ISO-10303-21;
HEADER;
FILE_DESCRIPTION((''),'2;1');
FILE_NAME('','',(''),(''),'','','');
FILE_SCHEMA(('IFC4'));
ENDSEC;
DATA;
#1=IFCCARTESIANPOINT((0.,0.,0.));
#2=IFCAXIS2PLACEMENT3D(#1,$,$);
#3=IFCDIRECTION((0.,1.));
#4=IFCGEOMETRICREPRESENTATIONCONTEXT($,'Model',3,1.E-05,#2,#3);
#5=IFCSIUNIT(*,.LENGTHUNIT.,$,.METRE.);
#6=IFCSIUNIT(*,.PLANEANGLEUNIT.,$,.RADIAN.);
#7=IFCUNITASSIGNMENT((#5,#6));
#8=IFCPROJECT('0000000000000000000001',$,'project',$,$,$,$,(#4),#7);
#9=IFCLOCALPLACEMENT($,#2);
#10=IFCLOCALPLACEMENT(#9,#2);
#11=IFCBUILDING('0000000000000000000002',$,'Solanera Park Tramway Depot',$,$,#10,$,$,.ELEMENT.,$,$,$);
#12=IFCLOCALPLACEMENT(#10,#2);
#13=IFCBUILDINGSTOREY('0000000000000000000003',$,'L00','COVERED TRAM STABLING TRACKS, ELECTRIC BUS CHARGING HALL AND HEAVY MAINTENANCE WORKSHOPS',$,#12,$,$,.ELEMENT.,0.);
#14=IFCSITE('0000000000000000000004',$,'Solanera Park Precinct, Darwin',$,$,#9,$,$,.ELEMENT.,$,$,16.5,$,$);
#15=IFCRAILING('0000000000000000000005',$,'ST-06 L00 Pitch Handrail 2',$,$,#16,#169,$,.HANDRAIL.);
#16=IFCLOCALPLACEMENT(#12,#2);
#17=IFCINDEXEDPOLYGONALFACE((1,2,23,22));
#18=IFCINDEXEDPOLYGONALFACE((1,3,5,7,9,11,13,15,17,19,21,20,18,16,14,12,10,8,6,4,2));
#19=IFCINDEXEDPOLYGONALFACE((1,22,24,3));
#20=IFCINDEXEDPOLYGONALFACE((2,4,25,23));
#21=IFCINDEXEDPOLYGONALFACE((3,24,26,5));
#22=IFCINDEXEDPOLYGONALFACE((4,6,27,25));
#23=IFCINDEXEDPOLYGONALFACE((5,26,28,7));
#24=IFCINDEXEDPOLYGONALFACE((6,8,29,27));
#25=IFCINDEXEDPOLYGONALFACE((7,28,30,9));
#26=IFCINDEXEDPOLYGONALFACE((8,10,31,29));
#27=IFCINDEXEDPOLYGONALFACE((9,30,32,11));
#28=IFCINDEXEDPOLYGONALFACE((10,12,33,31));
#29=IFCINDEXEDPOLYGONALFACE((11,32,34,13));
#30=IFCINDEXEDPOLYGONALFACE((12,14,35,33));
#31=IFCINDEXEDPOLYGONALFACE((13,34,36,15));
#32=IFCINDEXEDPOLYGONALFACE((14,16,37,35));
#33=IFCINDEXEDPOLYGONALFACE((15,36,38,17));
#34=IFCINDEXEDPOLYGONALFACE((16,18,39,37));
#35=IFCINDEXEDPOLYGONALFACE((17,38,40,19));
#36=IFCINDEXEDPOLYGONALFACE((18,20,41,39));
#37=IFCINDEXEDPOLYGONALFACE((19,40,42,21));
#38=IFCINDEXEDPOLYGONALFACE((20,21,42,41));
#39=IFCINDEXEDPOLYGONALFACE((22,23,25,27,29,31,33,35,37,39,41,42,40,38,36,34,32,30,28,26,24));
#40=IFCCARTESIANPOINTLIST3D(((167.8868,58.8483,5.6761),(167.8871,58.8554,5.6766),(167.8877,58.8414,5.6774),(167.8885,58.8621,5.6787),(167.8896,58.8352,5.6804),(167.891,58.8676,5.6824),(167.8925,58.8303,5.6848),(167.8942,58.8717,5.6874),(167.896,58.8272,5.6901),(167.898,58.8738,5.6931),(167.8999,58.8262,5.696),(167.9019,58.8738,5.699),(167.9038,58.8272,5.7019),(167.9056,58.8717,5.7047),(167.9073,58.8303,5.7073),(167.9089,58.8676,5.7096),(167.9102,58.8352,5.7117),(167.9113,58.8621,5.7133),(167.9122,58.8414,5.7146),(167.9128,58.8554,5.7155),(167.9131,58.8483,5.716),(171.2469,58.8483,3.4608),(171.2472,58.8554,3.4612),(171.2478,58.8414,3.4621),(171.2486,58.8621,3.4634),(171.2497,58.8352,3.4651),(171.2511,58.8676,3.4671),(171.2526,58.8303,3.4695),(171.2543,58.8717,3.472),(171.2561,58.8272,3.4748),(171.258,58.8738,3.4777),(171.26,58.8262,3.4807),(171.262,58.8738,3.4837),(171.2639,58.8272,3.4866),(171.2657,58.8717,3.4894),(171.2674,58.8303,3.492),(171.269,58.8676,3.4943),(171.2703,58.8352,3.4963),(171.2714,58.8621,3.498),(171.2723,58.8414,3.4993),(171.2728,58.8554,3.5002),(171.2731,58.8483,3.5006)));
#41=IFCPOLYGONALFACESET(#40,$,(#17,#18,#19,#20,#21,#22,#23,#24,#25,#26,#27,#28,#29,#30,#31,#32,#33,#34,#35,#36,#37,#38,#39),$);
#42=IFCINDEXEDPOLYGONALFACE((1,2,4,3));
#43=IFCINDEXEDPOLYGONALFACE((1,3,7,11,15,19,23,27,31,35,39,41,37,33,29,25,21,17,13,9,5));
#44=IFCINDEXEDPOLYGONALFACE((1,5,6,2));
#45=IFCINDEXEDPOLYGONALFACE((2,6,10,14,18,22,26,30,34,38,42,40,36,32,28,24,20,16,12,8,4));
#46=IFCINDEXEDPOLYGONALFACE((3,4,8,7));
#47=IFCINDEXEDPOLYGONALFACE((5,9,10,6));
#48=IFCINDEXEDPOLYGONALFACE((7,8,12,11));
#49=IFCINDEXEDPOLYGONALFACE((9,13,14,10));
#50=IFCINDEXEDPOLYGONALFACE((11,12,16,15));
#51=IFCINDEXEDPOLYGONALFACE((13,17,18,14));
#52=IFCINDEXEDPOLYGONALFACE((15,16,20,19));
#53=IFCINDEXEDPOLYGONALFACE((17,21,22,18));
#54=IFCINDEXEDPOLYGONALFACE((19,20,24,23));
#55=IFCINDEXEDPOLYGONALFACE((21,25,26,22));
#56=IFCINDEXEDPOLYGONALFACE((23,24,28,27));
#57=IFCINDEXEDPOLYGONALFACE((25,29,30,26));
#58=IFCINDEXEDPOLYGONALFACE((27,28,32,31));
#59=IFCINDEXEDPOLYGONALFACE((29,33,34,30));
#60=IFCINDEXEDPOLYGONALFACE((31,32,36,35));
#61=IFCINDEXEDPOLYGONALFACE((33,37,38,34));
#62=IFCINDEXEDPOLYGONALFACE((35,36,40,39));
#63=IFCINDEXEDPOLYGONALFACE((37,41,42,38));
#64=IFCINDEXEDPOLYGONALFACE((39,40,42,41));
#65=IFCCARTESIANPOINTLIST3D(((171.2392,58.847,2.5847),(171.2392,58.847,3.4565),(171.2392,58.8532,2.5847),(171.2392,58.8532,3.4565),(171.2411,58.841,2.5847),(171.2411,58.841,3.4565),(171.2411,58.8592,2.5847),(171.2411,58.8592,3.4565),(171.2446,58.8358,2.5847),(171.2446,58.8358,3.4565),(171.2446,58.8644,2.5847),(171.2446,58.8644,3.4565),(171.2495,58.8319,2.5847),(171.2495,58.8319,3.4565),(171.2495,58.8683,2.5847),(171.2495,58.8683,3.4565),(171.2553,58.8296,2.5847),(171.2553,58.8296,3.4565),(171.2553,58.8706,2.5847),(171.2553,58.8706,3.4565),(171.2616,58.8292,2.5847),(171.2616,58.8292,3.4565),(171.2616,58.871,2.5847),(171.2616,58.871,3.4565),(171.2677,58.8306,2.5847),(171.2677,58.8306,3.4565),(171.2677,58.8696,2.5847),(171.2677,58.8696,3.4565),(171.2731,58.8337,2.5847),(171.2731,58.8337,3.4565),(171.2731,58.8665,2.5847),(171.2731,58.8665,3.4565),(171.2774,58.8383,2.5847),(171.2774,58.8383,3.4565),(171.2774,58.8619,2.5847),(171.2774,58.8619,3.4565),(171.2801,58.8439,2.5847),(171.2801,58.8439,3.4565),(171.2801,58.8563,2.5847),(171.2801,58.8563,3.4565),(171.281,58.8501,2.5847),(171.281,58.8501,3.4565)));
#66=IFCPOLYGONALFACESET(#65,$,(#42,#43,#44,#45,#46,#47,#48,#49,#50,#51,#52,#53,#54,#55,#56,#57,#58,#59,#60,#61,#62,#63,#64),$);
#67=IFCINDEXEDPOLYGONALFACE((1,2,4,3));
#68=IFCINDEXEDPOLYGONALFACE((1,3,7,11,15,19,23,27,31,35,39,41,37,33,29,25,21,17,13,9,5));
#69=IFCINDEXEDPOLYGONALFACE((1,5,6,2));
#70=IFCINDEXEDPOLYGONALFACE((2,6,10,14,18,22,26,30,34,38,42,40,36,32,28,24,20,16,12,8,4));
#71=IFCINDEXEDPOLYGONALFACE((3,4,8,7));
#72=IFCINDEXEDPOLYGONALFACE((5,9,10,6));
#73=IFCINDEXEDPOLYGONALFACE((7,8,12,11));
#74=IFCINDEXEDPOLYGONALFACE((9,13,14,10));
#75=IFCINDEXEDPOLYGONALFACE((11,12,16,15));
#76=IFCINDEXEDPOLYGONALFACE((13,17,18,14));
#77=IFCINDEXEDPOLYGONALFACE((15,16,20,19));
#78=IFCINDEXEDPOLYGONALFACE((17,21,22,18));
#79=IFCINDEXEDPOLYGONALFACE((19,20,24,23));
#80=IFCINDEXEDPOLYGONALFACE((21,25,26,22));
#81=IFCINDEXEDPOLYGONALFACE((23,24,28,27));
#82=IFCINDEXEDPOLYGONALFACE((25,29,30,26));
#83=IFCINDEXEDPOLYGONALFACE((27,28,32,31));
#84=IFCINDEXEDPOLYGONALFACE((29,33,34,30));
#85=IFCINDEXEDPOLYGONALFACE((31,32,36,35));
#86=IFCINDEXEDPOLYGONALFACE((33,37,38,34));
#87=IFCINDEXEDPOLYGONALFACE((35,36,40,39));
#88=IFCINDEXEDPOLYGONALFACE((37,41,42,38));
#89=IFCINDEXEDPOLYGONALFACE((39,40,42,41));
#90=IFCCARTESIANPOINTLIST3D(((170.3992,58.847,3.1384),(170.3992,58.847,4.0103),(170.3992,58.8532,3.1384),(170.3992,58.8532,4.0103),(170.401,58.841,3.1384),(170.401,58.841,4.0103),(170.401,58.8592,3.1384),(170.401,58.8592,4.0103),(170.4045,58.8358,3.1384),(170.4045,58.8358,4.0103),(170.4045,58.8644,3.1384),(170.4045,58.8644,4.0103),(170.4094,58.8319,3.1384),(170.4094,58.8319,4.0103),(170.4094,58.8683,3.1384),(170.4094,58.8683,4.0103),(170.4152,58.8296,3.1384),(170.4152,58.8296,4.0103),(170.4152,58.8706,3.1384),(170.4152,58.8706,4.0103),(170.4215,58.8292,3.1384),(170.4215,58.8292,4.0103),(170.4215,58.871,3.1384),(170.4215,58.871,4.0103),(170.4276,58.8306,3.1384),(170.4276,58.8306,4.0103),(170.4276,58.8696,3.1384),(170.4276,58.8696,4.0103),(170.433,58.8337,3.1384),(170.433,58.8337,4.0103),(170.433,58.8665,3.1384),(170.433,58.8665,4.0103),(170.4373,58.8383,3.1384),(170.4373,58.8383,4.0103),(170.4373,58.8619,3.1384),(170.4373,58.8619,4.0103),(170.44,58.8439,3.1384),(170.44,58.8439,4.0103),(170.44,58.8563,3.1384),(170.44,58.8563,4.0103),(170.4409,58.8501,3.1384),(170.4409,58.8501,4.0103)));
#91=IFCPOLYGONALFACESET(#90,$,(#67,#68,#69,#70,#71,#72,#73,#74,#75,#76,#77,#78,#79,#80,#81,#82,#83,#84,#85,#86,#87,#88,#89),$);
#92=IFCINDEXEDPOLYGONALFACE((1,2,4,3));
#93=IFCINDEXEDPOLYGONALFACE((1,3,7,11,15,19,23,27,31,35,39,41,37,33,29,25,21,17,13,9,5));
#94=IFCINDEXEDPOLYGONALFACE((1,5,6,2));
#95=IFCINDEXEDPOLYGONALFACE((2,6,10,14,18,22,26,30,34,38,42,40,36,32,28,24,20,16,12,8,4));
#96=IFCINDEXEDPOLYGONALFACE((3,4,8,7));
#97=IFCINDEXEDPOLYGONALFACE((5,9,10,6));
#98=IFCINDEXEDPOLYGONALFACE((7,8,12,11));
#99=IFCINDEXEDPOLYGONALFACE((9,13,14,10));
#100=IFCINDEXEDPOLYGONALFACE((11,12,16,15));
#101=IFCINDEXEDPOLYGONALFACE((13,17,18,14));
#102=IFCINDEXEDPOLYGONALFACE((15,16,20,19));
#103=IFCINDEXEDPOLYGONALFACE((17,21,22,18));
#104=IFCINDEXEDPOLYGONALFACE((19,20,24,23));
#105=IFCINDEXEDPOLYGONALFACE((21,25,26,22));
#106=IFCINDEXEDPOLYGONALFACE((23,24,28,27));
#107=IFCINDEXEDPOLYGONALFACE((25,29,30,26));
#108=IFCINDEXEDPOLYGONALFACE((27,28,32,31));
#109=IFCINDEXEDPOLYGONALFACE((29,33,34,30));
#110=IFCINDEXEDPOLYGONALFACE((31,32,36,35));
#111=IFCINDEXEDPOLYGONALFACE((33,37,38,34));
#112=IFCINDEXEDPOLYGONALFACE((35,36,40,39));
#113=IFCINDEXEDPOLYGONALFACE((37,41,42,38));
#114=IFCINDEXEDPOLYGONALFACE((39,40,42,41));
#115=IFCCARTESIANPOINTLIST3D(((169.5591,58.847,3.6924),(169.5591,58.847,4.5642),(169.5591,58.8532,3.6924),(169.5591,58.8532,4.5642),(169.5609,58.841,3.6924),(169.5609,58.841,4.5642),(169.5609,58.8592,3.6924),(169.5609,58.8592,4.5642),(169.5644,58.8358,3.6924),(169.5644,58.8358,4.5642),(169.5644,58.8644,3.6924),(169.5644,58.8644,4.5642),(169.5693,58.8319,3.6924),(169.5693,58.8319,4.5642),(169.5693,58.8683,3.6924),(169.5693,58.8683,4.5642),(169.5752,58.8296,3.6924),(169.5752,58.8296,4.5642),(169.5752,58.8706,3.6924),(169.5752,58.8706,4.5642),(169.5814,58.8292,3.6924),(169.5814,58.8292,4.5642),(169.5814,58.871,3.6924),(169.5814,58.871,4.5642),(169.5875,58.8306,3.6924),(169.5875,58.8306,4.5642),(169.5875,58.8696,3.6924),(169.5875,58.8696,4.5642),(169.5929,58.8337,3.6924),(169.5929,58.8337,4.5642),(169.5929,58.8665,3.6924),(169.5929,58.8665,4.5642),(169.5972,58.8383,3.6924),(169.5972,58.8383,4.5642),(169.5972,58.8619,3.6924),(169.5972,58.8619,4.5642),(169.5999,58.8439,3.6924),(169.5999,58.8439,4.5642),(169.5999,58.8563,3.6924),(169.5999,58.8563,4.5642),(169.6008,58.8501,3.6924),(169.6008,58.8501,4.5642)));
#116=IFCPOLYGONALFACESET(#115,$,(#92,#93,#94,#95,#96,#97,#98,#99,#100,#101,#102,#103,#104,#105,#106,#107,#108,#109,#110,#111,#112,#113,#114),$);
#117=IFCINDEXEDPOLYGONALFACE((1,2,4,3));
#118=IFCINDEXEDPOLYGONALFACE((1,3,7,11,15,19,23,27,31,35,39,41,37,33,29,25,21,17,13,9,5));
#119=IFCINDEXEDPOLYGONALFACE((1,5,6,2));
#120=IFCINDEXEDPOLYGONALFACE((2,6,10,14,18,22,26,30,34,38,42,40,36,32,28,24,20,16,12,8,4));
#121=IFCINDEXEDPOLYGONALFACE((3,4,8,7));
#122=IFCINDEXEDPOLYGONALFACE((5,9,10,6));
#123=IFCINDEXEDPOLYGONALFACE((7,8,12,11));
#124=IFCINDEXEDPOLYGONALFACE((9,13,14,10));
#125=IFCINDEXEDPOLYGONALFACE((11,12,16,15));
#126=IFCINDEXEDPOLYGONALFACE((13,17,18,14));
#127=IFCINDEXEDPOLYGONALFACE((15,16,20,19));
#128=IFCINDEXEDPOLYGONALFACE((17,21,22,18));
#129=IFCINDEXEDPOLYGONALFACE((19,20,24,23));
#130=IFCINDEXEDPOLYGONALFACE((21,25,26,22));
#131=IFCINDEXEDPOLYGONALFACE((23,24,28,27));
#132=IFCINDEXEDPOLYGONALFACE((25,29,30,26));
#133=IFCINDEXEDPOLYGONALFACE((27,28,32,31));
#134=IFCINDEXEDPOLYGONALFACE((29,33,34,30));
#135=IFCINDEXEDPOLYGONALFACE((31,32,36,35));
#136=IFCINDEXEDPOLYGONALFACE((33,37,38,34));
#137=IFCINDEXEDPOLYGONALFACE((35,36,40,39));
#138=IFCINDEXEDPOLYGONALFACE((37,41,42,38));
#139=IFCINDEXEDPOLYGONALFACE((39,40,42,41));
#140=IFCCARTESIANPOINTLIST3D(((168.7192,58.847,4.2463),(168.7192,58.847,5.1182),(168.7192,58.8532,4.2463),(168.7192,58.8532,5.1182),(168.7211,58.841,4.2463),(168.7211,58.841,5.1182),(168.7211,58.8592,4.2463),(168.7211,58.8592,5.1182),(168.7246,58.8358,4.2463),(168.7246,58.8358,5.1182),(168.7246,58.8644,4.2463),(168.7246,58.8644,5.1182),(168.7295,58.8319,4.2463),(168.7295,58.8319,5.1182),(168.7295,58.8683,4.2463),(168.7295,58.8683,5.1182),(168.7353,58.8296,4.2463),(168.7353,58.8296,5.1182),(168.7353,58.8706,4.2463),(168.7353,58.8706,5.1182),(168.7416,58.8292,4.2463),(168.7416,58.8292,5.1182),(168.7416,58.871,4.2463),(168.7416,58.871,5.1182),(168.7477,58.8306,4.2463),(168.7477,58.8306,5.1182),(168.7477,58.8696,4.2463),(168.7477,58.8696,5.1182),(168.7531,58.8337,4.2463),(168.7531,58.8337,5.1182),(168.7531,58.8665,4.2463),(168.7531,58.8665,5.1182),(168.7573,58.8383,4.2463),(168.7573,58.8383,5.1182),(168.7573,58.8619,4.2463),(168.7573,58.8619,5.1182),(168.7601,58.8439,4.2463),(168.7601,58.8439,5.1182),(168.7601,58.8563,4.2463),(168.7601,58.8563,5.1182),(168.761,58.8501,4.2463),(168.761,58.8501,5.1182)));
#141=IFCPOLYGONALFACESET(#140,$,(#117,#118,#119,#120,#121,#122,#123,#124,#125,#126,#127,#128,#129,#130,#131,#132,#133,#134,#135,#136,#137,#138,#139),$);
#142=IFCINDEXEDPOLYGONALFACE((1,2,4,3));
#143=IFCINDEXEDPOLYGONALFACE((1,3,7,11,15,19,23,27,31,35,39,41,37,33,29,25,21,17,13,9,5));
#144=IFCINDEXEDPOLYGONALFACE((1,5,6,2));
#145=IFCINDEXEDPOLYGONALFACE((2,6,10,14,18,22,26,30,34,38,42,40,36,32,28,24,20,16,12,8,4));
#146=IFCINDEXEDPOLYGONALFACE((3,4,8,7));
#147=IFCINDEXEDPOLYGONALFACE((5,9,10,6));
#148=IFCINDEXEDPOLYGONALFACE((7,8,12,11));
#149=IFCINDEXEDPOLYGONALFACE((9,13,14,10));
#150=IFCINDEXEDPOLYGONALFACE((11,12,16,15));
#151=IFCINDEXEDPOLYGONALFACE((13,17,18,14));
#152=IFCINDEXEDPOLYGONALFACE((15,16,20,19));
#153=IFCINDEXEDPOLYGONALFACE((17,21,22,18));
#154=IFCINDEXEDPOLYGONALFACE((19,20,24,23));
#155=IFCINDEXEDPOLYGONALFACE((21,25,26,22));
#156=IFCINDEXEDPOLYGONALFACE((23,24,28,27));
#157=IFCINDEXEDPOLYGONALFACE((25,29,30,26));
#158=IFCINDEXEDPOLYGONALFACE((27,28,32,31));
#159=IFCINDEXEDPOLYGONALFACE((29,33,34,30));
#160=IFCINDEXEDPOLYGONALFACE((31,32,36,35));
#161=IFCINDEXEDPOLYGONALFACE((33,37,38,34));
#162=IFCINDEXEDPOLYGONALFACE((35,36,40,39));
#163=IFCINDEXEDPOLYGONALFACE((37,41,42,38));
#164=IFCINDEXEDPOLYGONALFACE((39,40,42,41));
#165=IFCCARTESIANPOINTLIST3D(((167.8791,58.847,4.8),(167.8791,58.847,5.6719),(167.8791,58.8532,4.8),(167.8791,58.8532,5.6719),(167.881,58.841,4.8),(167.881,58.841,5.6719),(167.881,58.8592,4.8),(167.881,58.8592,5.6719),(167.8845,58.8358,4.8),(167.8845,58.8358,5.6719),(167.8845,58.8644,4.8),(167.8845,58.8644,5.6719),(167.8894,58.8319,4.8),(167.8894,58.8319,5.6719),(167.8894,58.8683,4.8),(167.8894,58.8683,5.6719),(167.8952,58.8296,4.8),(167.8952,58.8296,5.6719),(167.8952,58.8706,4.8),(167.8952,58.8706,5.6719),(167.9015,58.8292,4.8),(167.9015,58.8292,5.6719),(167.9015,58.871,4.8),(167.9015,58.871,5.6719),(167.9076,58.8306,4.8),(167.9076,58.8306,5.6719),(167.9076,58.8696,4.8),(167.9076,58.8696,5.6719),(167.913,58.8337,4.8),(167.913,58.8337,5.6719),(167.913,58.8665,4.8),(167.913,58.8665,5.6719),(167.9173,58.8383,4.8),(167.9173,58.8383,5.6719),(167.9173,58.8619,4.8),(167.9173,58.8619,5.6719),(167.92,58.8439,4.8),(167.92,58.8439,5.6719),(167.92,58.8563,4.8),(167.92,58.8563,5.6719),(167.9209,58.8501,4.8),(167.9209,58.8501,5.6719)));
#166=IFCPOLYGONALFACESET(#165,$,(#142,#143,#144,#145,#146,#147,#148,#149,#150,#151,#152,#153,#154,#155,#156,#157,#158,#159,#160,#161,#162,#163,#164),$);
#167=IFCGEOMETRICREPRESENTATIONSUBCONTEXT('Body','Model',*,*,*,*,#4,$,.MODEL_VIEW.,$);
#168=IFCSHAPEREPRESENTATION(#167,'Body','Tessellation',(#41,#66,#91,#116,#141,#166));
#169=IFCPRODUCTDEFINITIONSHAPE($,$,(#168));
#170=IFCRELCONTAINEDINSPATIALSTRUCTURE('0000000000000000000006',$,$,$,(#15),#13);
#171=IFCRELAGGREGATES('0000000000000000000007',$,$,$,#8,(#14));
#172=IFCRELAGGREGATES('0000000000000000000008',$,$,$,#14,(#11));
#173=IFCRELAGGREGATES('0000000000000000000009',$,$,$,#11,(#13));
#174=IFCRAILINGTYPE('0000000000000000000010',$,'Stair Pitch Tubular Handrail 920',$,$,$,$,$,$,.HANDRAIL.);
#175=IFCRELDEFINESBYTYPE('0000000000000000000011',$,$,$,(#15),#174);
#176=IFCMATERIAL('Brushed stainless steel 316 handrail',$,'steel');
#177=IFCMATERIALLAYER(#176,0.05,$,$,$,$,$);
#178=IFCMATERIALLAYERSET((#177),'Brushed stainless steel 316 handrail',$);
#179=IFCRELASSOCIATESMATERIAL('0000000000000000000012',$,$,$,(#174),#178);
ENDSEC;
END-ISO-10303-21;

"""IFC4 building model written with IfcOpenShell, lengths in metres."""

from ifc_helpers import new_model, si_unit, direction, frame, origin, origin_2d, place, context, subcontext, project, spatial, circle, extrude, material, layer, layer_set, type_object, element, save


model = new_model("IFC4")

# Units and contexts
model_context = context("Model", 3, precision=1e-05, world=origin(), true_north=direction((0.0, 1.0)))
body_context = subcontext(model_context, "Body", "Model", "MODEL_VIEW")
ifc_project = project(units=[si_unit("LENGTHUNIT", "METRE"), si_unit("PLANEANGLEUNIT", "RADIAN")], contexts=[model_context])

# Site, building, storey
site_placement = place(None, origin())
site = spatial("IfcSite", under=ifc_project, at=site_placement, Name="Solanera Park Precinct, Darwin", CompositionType="ELEMENT", RefElevation=16.5)
building_placement = place(site_placement, origin())
building = spatial("IfcBuilding", under=site, at=building_placement, Name="Solanera Park Tramway Depot", CompositionType="ELEMENT")
storey_placement = place(building_placement, origin())
storey = spatial("IfcBuildingStorey", under=building, at=storey_placement, Name="L00", Description="COVERED TRAM STABLING TRACKS, ELECTRIC BUS CHARGING HALL AND HEAVY MAINTENANCE WORKSHOPS", CompositionType="ELEMENT", Elevation=0.0)

# Railing
ifc_material_1 = material(Name="Brushed stainless steel 316 handrail", Category="steel")
ifc_layer_1 = layer(ifc_material_1, 0.05)
ifc_layer_set_1 = layer_set([ifc_layer_1], Name="Brushed stainless steel 316 handrail")
railing_type_1 = type_object("IfcRailingType", Name="Stair Pitch Tubular Handrail 920", PredefinedType="HANDRAIL", material=ifc_layer_set_1)
railing_1_placement = place(storey_placement, frame((171.26, 58.8501, 2.5847)))
element("IfcRailing", 1, at=railing_1_placement, inside=storey, type_object=railing_type_1, Name="ST-06 L00 Pitch Handrail 2", PredefinedType="HANDRAIL", context=body_context, shape_type="SweptSolid", body=[
    extrude(circle(Radius=0.0239, at=origin_2d()), frame((0.0, 0.0, 0.896), z_axis=(-0.834876, 0.0, 0.550437), x_axis=(0.0, -1.0, 0.0)), (0.0, 0.0, 1.0), 4.0247),
    extrude(circle(Radius=0.021, at=origin_2d()), origin(), (0.0, 0.0, 1.0), 0.8718),
    extrude(circle(Radius=0.021, at=origin_2d()), frame((-0.8401, 0.0, 0.5537)), (0.0, 0.0, 1.0), 0.8718),
    extrude(circle(Radius=0.021, at=origin_2d()), frame((-1.6802, 0.0, 1.1077)), (0.0, 0.0, 1.0), 0.8718),
    extrude(circle(Radius=0.021, at=origin_2d()), frame((-2.52, 0.0, 1.6616)), (0.0, 0.0, 1.0), 0.8718),
    extrude(circle(Radius=0.021, at=origin_2d()), frame((-3.3601, 0.0, 2.2153)), (0.0, 0.0, 1.0), 0.8718),
])

save(model, "model.ifc")
